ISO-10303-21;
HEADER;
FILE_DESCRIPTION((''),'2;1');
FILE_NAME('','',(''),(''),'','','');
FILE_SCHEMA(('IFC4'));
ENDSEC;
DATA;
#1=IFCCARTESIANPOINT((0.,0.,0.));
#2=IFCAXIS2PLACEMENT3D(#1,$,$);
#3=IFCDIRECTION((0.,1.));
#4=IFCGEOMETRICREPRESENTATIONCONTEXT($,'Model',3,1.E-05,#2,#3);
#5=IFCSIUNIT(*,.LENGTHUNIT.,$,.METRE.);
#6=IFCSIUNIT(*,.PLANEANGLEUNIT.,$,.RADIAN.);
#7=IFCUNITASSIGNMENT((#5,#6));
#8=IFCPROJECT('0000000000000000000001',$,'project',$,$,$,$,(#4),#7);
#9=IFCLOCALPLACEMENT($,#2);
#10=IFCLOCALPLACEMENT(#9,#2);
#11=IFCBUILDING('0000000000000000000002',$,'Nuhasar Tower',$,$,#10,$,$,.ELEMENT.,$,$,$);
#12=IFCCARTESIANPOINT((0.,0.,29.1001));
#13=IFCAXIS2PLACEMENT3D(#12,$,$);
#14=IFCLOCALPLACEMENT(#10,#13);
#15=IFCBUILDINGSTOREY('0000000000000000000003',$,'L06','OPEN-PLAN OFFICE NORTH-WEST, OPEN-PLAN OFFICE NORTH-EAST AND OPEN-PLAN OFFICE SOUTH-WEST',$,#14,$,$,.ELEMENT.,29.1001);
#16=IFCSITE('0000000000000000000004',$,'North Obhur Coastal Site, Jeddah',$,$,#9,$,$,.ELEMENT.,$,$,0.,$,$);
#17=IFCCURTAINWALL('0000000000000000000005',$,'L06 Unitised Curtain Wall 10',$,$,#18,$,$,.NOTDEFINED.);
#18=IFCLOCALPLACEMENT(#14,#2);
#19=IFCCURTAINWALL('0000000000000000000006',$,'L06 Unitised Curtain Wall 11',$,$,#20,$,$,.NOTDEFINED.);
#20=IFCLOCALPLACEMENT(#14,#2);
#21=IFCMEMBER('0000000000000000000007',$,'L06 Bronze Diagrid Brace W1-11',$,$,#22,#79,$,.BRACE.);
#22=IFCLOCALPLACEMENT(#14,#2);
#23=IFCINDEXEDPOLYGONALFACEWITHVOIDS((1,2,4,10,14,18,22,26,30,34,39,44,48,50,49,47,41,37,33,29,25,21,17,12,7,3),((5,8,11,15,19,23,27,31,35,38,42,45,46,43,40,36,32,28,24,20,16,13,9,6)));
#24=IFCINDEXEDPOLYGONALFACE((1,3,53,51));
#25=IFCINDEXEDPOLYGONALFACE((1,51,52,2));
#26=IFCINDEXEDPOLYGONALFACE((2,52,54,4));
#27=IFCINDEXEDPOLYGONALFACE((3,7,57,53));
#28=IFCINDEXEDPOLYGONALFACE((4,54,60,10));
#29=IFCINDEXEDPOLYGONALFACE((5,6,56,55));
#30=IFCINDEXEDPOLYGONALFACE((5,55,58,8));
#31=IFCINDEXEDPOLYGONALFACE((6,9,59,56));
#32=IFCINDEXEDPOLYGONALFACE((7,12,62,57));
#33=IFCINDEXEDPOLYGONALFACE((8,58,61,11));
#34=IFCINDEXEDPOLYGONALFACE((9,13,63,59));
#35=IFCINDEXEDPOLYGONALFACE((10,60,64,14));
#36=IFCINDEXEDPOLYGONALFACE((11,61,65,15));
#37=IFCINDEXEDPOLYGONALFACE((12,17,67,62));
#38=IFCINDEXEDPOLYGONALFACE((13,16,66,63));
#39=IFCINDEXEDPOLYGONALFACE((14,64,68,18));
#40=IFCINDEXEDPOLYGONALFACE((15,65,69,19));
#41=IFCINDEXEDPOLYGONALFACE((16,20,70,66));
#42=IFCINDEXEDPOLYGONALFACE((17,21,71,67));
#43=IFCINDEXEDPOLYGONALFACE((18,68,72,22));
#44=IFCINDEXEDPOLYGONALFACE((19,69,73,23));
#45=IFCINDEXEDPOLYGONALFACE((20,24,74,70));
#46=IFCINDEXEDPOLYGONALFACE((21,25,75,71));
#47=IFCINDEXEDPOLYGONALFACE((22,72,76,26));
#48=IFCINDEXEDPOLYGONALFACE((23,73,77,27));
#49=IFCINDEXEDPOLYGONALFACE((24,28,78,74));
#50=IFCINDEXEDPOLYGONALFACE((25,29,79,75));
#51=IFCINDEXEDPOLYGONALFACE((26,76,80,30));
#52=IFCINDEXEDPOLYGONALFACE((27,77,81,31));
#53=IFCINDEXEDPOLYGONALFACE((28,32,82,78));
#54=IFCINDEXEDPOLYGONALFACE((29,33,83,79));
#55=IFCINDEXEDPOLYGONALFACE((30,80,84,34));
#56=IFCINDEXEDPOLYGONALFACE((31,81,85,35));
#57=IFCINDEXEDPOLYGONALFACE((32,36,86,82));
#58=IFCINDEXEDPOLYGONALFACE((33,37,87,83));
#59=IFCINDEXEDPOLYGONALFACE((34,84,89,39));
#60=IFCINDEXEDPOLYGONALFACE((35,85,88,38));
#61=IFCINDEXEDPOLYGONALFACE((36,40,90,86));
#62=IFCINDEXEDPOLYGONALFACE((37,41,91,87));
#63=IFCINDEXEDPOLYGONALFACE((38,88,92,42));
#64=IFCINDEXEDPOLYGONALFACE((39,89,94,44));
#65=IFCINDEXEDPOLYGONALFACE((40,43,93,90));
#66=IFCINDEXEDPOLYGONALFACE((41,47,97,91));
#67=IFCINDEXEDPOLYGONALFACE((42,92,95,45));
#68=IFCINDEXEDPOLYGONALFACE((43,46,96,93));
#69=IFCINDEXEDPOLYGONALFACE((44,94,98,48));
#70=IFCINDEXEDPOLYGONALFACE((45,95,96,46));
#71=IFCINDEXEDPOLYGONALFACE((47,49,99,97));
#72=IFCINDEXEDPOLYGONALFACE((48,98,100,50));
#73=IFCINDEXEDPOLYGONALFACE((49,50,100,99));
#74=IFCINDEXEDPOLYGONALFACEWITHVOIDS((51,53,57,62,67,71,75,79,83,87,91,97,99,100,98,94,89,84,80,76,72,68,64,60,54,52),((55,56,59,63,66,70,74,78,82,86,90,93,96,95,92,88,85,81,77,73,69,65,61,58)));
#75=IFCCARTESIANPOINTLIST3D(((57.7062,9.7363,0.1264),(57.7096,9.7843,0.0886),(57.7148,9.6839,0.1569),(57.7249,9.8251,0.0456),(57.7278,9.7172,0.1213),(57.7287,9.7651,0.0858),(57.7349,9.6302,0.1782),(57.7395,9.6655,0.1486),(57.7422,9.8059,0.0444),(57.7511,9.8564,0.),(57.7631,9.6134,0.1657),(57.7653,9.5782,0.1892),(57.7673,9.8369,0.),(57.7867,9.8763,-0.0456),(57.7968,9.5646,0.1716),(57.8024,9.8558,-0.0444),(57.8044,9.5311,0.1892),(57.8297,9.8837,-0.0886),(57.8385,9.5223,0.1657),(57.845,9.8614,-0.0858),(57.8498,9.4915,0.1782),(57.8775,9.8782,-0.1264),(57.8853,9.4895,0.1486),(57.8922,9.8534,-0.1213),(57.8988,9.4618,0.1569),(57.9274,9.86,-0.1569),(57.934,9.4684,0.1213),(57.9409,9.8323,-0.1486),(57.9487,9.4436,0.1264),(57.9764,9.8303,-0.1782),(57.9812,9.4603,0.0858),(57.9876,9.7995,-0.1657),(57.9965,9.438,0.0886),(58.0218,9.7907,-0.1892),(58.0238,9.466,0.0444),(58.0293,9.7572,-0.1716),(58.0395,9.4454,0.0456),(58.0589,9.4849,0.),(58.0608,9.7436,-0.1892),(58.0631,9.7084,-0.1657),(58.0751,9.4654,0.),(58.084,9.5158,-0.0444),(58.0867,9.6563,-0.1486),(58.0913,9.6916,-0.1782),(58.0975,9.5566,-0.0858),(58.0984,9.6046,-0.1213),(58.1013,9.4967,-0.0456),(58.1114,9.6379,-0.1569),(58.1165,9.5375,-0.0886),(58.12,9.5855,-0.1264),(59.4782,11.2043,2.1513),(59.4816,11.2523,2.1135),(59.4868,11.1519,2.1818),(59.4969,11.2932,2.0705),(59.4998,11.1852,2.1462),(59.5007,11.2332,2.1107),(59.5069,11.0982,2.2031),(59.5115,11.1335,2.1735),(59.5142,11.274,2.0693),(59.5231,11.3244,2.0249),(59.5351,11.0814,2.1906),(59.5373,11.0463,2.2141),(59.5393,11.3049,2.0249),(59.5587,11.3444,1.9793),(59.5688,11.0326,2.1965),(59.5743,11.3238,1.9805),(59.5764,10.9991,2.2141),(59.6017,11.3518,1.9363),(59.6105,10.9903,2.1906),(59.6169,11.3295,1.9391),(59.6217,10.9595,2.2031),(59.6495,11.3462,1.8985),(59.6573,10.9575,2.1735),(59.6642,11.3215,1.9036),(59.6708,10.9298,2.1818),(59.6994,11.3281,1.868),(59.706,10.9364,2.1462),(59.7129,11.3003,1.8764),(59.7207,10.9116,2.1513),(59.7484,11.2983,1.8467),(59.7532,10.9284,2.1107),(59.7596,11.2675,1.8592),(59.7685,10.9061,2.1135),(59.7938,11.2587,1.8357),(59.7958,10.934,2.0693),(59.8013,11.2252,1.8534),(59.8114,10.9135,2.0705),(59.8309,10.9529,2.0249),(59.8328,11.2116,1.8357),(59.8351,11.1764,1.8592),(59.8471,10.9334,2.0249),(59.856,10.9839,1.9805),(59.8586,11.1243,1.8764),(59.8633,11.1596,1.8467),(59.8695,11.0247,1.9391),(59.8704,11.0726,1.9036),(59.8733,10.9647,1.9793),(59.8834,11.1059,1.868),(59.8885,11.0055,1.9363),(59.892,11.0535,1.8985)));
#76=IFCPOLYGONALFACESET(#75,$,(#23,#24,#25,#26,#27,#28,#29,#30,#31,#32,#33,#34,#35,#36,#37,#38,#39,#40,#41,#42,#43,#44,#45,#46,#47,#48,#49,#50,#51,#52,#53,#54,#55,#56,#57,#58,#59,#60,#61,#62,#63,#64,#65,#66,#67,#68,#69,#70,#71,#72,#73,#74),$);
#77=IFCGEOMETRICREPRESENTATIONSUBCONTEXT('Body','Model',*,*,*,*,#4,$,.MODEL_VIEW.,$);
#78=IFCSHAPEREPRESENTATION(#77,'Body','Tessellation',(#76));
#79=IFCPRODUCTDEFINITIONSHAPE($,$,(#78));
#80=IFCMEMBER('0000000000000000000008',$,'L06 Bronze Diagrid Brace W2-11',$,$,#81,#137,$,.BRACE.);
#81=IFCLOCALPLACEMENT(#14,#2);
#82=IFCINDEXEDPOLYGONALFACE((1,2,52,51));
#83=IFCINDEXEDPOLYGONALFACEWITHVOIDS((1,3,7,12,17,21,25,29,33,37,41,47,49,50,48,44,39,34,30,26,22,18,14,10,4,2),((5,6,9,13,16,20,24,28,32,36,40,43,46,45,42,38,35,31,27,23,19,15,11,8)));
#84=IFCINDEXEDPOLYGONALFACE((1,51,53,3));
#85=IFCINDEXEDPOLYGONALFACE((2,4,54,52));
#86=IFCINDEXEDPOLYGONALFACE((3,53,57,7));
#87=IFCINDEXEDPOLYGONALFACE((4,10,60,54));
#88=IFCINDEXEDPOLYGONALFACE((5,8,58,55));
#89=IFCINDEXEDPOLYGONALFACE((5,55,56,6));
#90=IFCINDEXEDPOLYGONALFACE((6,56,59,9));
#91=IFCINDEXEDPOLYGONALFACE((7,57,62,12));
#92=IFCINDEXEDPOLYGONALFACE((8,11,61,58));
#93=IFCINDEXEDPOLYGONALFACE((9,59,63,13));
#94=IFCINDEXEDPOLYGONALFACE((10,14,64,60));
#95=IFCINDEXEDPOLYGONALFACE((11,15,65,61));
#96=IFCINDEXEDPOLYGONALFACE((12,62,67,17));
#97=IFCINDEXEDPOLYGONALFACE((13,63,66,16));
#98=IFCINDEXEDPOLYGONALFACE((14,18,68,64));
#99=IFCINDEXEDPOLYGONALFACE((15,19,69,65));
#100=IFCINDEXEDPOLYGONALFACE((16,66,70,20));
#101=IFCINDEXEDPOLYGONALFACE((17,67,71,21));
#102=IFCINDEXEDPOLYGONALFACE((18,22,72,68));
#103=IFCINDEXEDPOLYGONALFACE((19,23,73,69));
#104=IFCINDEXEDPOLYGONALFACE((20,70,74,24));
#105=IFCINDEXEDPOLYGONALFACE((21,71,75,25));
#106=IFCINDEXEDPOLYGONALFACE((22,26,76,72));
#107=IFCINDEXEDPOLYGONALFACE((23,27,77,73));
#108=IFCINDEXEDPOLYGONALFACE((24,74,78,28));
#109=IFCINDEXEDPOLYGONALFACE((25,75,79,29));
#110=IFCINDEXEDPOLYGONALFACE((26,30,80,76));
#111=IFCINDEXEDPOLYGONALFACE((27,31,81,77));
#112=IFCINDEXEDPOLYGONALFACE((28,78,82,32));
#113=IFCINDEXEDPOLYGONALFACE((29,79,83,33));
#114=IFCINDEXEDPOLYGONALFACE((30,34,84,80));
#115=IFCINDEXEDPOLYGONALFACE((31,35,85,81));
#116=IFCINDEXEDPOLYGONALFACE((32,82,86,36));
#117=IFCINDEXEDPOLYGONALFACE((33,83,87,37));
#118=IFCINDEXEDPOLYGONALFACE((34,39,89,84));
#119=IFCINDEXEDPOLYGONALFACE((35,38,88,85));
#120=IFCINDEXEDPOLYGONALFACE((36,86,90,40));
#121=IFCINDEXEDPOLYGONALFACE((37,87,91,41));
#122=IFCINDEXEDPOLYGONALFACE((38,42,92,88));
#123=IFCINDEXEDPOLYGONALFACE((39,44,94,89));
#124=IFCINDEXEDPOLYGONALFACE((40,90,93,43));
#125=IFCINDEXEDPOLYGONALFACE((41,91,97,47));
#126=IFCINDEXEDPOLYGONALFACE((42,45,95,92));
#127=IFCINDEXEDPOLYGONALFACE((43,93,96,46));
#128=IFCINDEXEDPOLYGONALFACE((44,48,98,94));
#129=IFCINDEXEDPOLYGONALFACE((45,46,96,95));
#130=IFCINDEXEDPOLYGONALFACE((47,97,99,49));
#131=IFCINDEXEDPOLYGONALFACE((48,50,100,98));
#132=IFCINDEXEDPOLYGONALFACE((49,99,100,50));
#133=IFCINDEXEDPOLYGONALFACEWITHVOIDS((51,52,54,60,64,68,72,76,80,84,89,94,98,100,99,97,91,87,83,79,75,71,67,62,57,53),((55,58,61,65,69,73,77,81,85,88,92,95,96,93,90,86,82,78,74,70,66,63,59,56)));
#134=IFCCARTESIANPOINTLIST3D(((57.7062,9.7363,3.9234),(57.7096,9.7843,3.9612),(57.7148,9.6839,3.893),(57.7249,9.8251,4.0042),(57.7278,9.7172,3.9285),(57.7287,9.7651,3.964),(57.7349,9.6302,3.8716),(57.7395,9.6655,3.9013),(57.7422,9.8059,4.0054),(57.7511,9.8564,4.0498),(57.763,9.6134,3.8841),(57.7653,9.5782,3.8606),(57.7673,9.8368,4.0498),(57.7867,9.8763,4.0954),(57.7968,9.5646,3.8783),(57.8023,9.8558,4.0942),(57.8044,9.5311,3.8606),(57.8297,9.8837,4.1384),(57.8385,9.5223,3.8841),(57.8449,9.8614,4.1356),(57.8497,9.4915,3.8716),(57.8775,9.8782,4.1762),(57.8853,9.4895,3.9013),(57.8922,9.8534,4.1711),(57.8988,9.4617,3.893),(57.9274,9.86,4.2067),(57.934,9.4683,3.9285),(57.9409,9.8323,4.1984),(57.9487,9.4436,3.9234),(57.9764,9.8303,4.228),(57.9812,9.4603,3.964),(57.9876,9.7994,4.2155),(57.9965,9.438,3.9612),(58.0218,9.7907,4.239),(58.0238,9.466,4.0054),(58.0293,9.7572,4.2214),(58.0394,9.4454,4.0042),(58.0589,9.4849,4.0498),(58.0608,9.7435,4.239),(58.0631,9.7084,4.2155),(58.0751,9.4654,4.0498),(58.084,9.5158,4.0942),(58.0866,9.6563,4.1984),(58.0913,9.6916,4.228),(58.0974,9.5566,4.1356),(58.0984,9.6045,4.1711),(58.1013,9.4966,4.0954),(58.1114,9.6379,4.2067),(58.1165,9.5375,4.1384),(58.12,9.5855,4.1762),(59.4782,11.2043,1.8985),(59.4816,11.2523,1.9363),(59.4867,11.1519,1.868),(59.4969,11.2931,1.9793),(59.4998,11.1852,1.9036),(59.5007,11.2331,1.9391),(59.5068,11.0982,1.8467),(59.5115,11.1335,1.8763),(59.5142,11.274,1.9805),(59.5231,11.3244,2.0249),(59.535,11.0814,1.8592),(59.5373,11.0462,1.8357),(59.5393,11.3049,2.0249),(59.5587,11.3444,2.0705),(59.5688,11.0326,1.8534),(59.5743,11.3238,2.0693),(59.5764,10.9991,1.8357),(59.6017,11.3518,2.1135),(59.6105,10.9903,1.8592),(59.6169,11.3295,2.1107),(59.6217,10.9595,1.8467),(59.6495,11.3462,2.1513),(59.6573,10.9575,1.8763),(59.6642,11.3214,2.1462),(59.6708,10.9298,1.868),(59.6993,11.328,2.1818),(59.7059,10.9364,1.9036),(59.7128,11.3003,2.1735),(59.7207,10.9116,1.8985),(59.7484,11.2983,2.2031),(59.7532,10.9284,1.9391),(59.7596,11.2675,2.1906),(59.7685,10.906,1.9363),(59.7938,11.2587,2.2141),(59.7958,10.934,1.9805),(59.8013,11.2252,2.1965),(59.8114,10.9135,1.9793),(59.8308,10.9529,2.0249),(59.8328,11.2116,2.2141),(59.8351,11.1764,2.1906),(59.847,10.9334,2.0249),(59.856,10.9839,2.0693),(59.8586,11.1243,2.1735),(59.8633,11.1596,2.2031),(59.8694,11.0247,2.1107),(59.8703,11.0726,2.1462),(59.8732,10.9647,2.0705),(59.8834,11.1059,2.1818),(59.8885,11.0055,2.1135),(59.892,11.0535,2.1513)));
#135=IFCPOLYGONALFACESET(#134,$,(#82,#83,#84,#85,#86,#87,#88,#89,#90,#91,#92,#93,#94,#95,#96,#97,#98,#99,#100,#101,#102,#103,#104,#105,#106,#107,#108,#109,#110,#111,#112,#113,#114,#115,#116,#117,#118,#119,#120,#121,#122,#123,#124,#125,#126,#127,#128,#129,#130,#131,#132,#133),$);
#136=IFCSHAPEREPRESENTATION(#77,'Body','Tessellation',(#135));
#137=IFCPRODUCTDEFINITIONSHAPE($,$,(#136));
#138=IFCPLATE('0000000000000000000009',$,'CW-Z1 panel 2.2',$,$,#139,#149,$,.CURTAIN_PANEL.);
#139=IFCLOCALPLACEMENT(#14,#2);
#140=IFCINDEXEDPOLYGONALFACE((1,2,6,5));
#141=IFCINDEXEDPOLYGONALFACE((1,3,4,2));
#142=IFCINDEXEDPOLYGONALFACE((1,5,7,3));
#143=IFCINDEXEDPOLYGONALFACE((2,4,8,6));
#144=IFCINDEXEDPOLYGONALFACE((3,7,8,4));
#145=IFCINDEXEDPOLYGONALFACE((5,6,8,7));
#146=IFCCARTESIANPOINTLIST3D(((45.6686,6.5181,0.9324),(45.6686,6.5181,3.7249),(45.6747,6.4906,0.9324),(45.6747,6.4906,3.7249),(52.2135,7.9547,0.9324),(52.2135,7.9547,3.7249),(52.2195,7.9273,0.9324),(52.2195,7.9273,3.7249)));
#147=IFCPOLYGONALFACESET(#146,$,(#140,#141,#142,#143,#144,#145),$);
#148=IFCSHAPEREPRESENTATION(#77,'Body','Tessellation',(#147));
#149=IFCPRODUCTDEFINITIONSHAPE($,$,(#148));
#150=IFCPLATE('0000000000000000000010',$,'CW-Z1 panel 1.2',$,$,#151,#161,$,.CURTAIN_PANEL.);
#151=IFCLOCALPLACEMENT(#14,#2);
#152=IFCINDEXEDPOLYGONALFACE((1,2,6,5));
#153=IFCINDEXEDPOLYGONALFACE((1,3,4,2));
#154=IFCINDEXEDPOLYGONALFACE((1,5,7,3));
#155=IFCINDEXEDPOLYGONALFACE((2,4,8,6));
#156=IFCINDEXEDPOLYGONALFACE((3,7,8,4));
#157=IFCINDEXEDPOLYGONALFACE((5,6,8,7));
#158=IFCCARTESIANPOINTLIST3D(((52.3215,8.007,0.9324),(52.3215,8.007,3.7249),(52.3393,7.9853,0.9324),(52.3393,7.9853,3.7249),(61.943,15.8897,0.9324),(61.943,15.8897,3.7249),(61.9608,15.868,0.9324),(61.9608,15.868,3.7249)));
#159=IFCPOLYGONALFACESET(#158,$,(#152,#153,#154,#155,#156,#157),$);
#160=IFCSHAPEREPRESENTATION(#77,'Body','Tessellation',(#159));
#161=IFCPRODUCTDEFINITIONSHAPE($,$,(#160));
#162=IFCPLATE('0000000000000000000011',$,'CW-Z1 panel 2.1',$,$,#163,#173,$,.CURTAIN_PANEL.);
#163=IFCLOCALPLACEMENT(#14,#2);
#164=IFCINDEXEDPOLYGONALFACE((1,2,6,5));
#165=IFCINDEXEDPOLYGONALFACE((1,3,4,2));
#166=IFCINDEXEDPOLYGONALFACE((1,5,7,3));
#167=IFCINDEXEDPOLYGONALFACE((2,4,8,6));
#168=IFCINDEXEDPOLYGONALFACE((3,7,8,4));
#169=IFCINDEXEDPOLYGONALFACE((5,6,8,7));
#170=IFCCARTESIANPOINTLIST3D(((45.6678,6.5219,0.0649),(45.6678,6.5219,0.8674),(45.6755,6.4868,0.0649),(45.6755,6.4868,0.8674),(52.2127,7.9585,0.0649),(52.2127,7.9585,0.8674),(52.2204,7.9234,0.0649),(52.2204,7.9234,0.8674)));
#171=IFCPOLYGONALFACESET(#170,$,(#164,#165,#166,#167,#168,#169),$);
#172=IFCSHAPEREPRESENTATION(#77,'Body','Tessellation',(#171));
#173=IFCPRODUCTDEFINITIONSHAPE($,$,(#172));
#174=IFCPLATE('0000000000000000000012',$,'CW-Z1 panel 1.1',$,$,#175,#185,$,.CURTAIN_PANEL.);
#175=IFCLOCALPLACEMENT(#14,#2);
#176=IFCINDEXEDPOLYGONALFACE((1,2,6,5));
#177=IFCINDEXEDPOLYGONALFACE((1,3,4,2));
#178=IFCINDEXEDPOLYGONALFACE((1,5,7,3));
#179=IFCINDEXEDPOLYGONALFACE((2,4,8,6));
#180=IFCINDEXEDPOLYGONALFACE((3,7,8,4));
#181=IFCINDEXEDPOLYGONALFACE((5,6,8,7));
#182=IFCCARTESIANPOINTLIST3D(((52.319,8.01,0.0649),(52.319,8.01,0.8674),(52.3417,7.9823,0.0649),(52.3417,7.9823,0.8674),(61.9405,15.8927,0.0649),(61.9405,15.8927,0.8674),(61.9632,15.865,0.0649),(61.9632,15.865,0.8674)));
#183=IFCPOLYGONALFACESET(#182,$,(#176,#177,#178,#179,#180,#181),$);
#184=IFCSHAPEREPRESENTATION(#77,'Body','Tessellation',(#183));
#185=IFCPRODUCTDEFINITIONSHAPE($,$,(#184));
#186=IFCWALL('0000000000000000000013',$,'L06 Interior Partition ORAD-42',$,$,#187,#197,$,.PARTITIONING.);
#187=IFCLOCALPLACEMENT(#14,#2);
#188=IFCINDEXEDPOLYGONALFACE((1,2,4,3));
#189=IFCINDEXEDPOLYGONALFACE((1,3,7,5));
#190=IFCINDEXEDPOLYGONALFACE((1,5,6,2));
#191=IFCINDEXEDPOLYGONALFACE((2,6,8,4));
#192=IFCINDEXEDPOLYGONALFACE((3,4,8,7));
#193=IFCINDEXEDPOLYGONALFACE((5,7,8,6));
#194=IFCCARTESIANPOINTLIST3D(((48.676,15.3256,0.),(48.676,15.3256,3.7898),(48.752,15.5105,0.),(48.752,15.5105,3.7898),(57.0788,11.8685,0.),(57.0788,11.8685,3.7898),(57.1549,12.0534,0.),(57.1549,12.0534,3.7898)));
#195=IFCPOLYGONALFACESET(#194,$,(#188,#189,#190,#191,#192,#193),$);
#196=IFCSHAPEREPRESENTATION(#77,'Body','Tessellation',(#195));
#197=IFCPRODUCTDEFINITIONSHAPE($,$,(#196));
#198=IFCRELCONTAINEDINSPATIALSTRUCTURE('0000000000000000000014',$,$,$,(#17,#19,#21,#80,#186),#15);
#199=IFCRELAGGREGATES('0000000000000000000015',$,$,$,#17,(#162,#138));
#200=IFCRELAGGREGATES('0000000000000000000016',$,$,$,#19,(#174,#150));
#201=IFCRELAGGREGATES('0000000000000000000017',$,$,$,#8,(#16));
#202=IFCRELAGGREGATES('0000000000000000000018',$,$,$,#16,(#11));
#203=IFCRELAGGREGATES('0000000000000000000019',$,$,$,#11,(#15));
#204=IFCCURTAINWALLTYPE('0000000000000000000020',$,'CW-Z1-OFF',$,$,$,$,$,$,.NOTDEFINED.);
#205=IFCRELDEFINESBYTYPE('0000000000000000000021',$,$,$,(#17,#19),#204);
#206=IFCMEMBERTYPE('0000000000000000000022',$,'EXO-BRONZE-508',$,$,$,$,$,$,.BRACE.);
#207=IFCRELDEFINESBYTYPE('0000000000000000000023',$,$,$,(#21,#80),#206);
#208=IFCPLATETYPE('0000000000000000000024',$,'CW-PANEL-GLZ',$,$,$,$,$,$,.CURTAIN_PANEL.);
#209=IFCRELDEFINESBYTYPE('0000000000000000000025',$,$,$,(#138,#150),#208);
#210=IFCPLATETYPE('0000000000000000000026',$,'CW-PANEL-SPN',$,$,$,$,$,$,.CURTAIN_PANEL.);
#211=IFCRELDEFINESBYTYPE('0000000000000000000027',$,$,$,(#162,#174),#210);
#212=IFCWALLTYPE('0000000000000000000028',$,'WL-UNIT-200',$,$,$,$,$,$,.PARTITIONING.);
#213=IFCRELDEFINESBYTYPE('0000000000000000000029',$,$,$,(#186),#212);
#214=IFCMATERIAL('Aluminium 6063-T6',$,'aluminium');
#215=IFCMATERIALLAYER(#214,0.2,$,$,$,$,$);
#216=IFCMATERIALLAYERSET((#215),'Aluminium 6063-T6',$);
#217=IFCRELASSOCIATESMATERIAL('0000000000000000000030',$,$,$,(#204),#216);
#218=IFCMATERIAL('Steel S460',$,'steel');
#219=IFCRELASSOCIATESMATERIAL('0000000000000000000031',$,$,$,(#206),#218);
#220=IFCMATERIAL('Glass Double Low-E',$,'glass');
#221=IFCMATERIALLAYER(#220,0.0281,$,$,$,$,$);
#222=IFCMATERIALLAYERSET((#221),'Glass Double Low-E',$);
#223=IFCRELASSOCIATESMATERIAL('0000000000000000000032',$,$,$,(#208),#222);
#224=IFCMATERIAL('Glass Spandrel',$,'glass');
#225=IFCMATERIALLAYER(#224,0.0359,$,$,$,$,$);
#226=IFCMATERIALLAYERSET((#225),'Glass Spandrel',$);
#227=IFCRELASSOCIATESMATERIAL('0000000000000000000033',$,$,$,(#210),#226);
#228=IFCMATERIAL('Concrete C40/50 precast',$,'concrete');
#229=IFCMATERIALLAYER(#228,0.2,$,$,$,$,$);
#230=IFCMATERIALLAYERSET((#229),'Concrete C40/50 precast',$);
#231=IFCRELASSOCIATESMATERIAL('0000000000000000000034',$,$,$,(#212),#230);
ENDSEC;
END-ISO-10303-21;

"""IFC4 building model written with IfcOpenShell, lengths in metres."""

from ifc_helpers import new_model, si_unit, direction, frame, frame_2d, origin, origin_2d, place, context, subcontext, project, spatial, rectangle, hollow_circle, extrude, material, layer, layer_set, material_profile, profile_set, type_object, element, aggregate, save


model = new_model("IFC4")

# Units and contexts
model_context = context("Model", 3, precision=1e-05, world=origin(), true_north=direction((0.0, 1.0)))
body_context = subcontext(model_context, "Body", "Model", "MODEL_VIEW")
ifc_project = project(units=[si_unit("LENGTHUNIT", "METRE"), si_unit("PLANEANGLEUNIT", "RADIAN")], contexts=[model_context])

# Site, building, storey
site_placement = place(None, origin())
site = spatial("IfcSite", under=ifc_project, at=site_placement, Name="North Obhur Coastal Site, Jeddah", CompositionType="ELEMENT", RefElevation=0.0)
building_placement = place(site_placement, origin())
building = spatial("IfcBuilding", under=site, at=building_placement, Name="Nuhasar Tower", CompositionType="ELEMENT")
storey_placement = place(building_placement, frame((0.0, 0.0, 29.1001)))
storey = spatial("IfcBuildingStorey", under=building, at=storey_placement, Name="L06", Description="OPEN-PLAN OFFICE NORTH-WEST, OPEN-PLAN OFFICE NORTH-EAST AND OPEN-PLAN OFFICE SOUTH-WEST", CompositionType="ELEMENT", Elevation=29.1001)

# Curtain wall
ifc_material_1 = material(Name="Aluminium 6063-T6", Category="aluminium")
ifc_layer_1 = layer(ifc_material_1, 0.2)
ifc_layer_set_1 = layer_set([ifc_layer_1], Name="Aluminium 6063-T6")
curtain_wall_type = type_object("IfcCurtainWallType", Name="CW-Z1-OFF", PredefinedType="NOTDEFINED", material=ifc_layer_set_1)
curtain_wall_1_placement = place(storey_placement, origin())
curtain_wall_1 = element("IfcCurtainWall", 1, at=curtain_wall_1_placement, inside=storey, type_object=curtain_wall_type, Name="L06 Unitised Curtain Wall 10", PredefinedType="NOTDEFINED")

# Curtain wall
curtain_wall_2_placement = place(storey_placement, origin())
curtain_wall_2 = element("IfcCurtainWall", 2, at=curtain_wall_2_placement, inside=storey, type_object=curtain_wall_type, Name="L06 Unitised Curtain Wall 11", PredefinedType="NOTDEFINED")

# Members
ifc_material_2 = material(Name="Steel S460", Category="steel")
ifc_material_profile_1 = material_profile(ifc_material_2, hollow_circle(Radius=0.2539, WallThickness=0.0254, at=origin_2d()), Name="HSS508X25.4")
ifc_profile_set_1 = profile_set([ifc_material_profile_1], Name="Steel S460")
member_type_1 = type_object("IfcMemberType", Name="EXO-BRONZE-508", PredefinedType="BRACE", material=ifc_profile_set_1)
for number, where, z_axis, x_axis, name in (
    (3, (57.9131, 9.6609, 0.0), (0.578102, 0.478937, 0.660619), (-0.637969, 0.770062, 0.0), "L06 Bronze Diagrid Brace W1-11"),
    (4, (59.6851, 11.1289, 2.0249), (-0.578102, -0.478937, 0.660619), (0.637969, -0.770062, 0.0), "L06 Bronze Diagrid Brace W2-11"),
):
    element("IfcMember", number, at=place(storey_placement, frame(where, z_axis=z_axis, x_axis=x_axis)), inside=storey, type_object=member_type_1, Name=name, PredefinedType="BRACE", context=body_context, shape_type="SweptSolid", body=[
        extrude(hollow_circle(Radius=0.2539, WallThickness=0.0254, at=origin_2d()), origin(), (0.0, 0.0, 1.0), 3.0652),
    ])

# Plates
ifc_material_3 = material(Name="Glass Double Low-E", Category="glass")
ifc_layer_2 = layer(ifc_material_3, 0.0281)
ifc_layer_set_2 = layer_set([ifc_layer_2], Name="Glass Double Low-E")
plate_type_1 = type_object("IfcPlateType", Name="CW-PANEL-GLZ", PredefinedType="CURTAIN_PANEL", material=ifc_layer_set_2)
plate_1_placement = place(storey_placement, frame((48.9441, 7.2227, 0.9324), z_axis=(0.0, 0.0, 1.0), x_axis=(0.976746, 0.214399, 0.0)))
plate_1 = element("IfcPlate", 5, at=plate_1_placement, type_object=plate_type_1, Name="CW-Z1 panel 2.2", PredefinedType="CURTAIN_PANEL", context=body_context, shape_type="SweptSolid", body=[
    extrude(rectangle(XDim=6.7007, YDim=0.0281, at=origin_2d()), origin(), (0.0, 0.0, 1.0), 2.7925),
])
plate_2_placement = place(storey_placement, frame((57.1411, 11.9375, 0.9324), z_axis=(0.0, 0.0, 1.0), x_axis=(0.773542, 0.633745, 0.0)))
plate_2 = element("IfcPlate", 6, at=plate_2_placement, type_object=plate_type_1, Name="CW-Z1 panel 1.2", PredefinedType="CURTAIN_PANEL", context=body_context, shape_type="SweptSolid", body=[
    extrude(rectangle(XDim=12.4382, YDim=0.0281, at=origin_2d()), origin(), (0.0, 0.0, 1.0), 2.7925),
])
ifc_material_4 = material(Name="Glass Spandrel", Category="glass")
ifc_layer_3 = layer(ifc_material_4, 0.0359)
ifc_layer_set_3 = layer_set([ifc_layer_3], Name="Glass Spandrel")
plate_type_2 = type_object("IfcPlateType", Name="CW-PANEL-SPN", PredefinedType="CURTAIN_PANEL", material=ifc_layer_set_3)
plate_3_placement = place(storey_placement, frame((48.9441, 7.2227, 0.0649), z_axis=(0.0, 0.0, 1.0), x_axis=(0.976746, 0.214399, 0.0)))
plate_3 = element("IfcPlate", 7, at=plate_3_placement, type_object=plate_type_2, Name="CW-Z1 panel 2.1", PredefinedType="CURTAIN_PANEL", context=body_context, shape_type="SweptSolid", body=[
    extrude(rectangle(XDim=6.7007, YDim=0.0359, at=origin_2d()), origin(), (0.0, 0.0, 1.0), 0.8025),
])
aggregate(curtain_wall_1, [plate_3, plate_1])
plate_4_placement = place(storey_placement, frame((57.1411, 11.9375, 0.0649), z_axis=(0.0, 0.0, 1.0), x_axis=(0.773542, 0.633745, 0.0)))
plate_4 = element("IfcPlate", 8, at=plate_4_placement, type_object=plate_type_2, Name="CW-Z1 panel 1.1", PredefinedType="CURTAIN_PANEL", context=body_context, shape_type="SweptSolid", body=[
    extrude(rectangle(XDim=12.4382, YDim=0.0359, at=origin_2d()), origin(), (0.0, 0.0, 1.0), 0.8025),
])
aggregate(curtain_wall_2, [plate_4, plate_2])

# Wall
ifc_material_5 = material(Name="Concrete C40/50 precast", Category="concrete")
ifc_layer_4 = layer(ifc_material_5, 0.2)
ifc_layer_set_4 = layer_set([ifc_layer_4], Name="Concrete C40/50 precast")
wall_type = type_object("IfcWallType", Name="WL-UNIT-200", PredefinedType="PARTITIONING", material=ifc_layer_set_4)
wall_placement = place(storey_placement, frame((48.7141, 15.418, 0.0), z_axis=(0.0, 0.0, 1.0), x_axis=(0.924793, -0.380471, 0.0)))
element("IfcWall", 9, at=wall_placement, inside=storey, type_object=wall_type, Name="L06 Interior Partition ORAD-42", PredefinedType="PARTITIONING", context=body_context, shape_type="SweptSolid", body=[
    extrude(rectangle(XDim=9.0862, YDim=0.2, at=frame_2d((4.543, 0.0))), origin(), (0.0, 0.0, 1.0), 3.7898),
])

save(model, "model.ifc")
